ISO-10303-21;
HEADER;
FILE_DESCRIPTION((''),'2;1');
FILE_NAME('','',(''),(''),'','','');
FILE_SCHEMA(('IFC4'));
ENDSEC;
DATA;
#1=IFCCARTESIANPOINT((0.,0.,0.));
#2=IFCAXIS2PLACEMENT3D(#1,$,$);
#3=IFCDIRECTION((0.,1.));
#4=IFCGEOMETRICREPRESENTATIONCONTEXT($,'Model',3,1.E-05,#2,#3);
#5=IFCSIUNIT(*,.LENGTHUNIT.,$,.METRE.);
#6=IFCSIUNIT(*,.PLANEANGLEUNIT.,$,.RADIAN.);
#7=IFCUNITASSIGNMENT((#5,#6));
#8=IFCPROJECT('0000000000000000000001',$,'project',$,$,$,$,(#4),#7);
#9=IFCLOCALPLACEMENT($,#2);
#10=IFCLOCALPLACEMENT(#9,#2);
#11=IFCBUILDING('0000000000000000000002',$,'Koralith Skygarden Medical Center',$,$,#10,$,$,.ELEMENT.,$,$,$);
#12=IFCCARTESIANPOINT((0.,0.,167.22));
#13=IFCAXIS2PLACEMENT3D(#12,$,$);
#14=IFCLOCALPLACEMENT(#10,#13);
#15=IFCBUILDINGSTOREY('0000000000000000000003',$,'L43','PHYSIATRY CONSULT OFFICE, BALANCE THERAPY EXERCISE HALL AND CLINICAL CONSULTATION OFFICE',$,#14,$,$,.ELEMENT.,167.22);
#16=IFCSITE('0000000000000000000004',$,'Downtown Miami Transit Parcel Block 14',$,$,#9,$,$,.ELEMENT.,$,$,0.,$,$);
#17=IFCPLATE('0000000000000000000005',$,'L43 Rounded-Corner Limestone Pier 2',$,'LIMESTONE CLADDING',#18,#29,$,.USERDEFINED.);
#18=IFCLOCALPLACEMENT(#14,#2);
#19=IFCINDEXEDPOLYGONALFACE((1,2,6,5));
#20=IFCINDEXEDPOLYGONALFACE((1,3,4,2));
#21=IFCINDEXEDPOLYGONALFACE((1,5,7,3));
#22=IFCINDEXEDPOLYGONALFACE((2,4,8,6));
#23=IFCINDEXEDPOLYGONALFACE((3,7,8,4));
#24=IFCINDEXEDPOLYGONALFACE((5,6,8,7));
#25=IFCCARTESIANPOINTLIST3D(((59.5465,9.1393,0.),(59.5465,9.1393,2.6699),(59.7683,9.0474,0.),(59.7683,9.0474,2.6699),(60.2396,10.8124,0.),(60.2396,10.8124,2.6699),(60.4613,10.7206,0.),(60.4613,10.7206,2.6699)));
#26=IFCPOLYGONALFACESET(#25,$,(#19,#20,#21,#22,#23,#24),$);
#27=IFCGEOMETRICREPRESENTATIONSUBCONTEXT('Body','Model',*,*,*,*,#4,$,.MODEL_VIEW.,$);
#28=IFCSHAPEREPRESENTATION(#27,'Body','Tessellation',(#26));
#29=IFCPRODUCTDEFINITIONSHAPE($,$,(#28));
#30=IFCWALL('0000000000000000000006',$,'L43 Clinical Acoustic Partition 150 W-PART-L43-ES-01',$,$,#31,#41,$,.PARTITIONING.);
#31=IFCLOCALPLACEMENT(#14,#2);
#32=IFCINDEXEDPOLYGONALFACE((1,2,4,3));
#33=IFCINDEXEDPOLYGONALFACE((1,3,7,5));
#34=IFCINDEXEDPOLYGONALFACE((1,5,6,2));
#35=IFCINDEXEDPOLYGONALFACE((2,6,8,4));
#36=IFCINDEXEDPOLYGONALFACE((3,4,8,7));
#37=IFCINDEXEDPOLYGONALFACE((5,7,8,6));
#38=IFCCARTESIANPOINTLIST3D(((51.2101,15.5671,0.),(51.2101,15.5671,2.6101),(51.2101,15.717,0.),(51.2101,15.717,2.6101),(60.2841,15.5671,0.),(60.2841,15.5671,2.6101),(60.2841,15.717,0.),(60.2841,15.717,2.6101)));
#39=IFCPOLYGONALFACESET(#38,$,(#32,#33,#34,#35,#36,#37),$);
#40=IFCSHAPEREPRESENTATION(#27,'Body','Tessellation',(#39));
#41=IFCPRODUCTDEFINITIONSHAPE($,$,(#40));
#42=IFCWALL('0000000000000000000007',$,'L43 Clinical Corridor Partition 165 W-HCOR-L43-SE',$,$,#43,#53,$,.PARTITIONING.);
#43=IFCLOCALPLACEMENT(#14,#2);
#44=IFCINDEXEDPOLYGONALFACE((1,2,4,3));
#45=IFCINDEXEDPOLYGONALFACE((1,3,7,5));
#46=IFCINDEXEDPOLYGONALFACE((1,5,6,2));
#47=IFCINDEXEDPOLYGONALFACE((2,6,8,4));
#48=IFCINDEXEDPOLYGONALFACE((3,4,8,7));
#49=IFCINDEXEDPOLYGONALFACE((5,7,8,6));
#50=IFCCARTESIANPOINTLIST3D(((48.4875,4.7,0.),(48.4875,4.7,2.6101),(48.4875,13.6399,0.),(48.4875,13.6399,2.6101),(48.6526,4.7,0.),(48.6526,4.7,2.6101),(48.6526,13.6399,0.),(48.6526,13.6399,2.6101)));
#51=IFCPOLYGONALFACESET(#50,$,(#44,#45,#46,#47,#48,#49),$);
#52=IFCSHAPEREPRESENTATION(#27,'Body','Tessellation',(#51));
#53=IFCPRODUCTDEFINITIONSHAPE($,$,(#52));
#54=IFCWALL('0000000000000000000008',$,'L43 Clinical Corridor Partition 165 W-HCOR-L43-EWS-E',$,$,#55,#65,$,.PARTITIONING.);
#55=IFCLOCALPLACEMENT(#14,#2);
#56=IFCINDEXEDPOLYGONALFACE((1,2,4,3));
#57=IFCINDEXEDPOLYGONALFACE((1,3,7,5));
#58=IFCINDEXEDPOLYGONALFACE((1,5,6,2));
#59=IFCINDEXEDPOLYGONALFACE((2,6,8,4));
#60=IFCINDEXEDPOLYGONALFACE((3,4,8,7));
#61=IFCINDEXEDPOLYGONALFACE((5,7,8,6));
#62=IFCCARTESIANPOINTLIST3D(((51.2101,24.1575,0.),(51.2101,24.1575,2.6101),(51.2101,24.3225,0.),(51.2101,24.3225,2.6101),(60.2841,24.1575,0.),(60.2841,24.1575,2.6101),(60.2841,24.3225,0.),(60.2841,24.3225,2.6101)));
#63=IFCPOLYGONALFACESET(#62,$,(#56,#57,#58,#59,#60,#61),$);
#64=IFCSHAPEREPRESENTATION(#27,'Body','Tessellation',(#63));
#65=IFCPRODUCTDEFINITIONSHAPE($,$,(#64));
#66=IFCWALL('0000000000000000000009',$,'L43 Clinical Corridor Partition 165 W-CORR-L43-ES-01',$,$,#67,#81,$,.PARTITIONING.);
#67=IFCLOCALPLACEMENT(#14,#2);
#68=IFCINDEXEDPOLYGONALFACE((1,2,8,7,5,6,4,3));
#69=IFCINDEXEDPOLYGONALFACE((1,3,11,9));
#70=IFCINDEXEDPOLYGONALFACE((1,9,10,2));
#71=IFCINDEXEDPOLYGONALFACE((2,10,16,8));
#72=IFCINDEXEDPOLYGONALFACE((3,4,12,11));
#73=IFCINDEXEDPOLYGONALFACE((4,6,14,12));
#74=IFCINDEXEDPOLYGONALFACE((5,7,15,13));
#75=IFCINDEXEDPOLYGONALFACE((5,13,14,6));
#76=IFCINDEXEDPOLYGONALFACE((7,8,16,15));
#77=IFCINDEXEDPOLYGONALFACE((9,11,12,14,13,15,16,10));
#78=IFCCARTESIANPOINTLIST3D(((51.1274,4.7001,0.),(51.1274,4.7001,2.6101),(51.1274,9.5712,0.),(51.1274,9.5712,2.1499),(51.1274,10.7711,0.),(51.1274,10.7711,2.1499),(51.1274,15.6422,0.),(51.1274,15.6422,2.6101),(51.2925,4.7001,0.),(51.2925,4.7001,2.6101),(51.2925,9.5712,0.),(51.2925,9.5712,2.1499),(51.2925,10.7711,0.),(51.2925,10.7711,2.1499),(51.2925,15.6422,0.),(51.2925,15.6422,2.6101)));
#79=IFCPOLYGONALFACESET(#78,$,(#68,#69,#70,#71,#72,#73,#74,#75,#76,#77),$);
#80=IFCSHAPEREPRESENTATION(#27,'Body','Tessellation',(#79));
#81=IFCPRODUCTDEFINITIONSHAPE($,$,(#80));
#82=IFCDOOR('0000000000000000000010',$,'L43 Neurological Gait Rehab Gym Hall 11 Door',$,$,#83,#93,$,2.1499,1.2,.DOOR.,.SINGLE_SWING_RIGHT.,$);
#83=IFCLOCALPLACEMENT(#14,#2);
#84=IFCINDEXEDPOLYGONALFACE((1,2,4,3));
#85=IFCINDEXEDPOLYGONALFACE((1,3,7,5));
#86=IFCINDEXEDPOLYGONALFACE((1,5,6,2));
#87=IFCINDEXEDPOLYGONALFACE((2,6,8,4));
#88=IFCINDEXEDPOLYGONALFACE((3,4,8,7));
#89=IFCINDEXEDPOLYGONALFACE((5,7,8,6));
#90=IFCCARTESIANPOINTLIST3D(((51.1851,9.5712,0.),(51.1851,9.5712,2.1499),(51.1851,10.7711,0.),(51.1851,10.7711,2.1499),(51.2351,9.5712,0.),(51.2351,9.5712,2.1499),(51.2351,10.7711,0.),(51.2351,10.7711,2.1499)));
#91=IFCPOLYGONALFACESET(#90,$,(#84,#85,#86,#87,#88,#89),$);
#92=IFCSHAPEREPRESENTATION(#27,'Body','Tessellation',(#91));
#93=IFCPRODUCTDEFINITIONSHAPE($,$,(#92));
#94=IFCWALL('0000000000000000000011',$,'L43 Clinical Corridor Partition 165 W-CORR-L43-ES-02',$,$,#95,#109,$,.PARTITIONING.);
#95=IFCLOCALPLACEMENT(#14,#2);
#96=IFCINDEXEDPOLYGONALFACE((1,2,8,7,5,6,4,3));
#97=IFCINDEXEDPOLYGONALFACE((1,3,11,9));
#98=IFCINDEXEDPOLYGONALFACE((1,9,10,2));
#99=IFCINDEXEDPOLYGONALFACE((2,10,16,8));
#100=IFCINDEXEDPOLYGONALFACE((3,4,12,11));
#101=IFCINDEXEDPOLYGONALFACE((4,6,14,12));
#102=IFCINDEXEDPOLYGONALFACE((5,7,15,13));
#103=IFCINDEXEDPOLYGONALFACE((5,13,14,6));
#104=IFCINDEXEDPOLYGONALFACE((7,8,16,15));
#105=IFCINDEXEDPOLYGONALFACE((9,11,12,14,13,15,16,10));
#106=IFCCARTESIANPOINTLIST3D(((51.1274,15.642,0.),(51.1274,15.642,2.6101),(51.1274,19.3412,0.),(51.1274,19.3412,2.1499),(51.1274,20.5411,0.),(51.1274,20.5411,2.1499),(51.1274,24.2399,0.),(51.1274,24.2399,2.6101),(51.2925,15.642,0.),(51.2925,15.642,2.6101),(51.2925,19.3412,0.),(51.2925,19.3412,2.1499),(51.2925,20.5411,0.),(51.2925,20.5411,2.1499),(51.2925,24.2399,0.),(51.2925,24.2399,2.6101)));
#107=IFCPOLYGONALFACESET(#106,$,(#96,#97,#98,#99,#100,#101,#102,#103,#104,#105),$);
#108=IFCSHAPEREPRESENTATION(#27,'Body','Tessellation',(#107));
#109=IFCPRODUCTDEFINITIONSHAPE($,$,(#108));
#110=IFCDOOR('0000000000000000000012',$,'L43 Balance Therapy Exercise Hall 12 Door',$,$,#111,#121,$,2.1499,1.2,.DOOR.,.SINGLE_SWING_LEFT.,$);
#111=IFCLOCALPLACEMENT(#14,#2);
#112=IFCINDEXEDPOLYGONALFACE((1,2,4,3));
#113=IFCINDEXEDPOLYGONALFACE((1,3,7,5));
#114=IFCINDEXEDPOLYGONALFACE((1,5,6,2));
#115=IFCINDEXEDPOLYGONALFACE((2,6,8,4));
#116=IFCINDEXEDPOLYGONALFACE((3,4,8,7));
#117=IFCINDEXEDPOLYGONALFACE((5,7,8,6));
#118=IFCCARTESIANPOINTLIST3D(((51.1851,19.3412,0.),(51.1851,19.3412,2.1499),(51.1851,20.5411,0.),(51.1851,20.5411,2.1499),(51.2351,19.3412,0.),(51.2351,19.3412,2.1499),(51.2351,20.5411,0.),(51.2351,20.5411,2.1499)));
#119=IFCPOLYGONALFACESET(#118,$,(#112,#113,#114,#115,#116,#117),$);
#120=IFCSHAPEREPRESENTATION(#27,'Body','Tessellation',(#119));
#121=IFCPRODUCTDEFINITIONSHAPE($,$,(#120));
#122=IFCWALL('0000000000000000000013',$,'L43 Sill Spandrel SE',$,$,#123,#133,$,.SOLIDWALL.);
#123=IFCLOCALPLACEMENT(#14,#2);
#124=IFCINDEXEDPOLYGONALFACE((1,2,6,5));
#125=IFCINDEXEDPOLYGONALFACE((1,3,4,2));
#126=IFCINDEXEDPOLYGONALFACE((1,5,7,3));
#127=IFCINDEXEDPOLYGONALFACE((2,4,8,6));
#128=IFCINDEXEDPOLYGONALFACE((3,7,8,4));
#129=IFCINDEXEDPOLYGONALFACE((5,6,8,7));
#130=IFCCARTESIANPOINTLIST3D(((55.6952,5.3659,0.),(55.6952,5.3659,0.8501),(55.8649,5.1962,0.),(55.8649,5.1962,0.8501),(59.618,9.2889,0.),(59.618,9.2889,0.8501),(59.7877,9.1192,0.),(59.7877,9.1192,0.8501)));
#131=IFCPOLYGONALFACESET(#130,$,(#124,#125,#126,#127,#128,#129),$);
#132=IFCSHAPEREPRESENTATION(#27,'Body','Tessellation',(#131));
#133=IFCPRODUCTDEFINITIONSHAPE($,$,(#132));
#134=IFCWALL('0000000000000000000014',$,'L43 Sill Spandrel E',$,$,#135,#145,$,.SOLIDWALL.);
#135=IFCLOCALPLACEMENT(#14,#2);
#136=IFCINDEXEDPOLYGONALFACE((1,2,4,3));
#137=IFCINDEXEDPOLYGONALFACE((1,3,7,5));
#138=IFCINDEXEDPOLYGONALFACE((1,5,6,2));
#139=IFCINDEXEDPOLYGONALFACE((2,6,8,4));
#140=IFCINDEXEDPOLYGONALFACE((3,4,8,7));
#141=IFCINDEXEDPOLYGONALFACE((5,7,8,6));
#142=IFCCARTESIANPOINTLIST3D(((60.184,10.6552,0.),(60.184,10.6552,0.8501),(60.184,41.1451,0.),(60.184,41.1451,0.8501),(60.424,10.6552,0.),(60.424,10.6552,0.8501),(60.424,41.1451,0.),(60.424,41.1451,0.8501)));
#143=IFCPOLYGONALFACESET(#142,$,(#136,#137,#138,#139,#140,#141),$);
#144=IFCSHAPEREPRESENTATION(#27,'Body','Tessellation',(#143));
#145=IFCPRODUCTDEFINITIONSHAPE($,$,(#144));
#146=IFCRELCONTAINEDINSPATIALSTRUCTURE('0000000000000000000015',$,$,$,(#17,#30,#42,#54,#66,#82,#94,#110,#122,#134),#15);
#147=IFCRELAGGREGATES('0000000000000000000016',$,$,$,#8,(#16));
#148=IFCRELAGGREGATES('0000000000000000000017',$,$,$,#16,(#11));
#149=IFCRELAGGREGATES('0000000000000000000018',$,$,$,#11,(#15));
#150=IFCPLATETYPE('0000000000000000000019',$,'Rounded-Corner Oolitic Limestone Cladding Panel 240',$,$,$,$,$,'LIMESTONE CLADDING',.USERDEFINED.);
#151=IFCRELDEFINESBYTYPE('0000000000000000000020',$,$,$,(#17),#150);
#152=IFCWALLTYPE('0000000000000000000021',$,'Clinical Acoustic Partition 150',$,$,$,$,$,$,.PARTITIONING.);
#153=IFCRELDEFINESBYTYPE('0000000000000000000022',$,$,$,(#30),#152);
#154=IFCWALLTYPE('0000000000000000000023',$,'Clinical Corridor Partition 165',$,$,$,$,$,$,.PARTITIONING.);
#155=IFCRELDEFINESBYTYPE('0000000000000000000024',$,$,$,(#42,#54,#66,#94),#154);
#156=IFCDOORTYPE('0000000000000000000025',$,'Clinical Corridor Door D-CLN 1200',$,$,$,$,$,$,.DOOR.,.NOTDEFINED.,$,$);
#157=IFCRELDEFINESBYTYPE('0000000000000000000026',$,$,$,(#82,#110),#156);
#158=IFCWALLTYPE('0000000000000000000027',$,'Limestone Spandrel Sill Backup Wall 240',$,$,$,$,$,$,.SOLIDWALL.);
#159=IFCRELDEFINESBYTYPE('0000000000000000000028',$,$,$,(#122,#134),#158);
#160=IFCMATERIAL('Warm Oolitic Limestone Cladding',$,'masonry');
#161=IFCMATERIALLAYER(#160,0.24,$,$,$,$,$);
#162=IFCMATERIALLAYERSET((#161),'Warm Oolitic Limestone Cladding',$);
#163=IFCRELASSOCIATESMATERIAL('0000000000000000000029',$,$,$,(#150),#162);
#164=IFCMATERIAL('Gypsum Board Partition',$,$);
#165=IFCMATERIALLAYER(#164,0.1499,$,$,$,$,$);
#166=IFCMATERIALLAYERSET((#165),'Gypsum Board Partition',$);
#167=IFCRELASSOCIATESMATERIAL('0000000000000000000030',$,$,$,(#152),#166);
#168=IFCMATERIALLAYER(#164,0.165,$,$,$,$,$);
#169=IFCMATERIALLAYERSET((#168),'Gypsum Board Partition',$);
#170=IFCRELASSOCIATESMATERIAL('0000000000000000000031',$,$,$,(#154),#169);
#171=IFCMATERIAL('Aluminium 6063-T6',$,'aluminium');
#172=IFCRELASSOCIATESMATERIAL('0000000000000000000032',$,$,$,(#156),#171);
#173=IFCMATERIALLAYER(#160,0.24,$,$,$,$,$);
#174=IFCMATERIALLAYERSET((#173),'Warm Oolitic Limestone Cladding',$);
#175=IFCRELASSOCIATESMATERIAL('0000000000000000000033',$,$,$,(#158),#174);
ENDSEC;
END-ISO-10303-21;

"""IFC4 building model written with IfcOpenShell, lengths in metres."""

from ifc_helpers import new_model, si_unit, direction, frame, frame_2d, origin, origin_2d, place, context, subcontext, project, spatial, rectangle, extrude, material, layer, layer_set, type_object, element, fill, save


model = new_model("IFC4")

# Units and contexts
model_context = context("Model", 3, precision=1e-05, world=origin(), true_north=direction((0.0, 1.0)))
body_context = subcontext(model_context, "Body", "Model", "MODEL_VIEW")
ifc_project = project(units=[si_unit("LENGTHUNIT", "METRE"), si_unit("PLANEANGLEUNIT", "RADIAN")], contexts=[model_context])

# Site, building, storey
site_placement = place(None, origin())
site = spatial("IfcSite", under=ifc_project, at=site_placement, Name="Downtown Miami Transit Parcel Block 14", CompositionType="ELEMENT", RefElevation=0.0)
building_placement = place(site_placement, origin())
building = spatial("IfcBuilding", under=site, at=building_placement, Name="Koralith Skygarden Medical Center", CompositionType="ELEMENT")
storey_placement = place(building_placement, frame((0.0, 0.0, 167.22)))
storey = spatial("IfcBuildingStorey", under=building, at=storey_placement, Name="L43", Description="PHYSIATRY CONSULT OFFICE, BALANCE THERAPY EXERCISE HALL AND CLINICAL CONSULTATION OFFICE", CompositionType="ELEMENT", Elevation=167.22)

# Shared definitions
ifc_material_1 = material(Name="Aluminium 6063-T6", Category="aluminium")

# Plate
ifc_material_2 = material(Name="Warm Oolitic Limestone Cladding", Category="masonry")
ifc_layer_1 = layer(ifc_material_2, 0.24)
ifc_layer_set_1 = layer_set([ifc_layer_1], Name="Warm Oolitic Limestone Cladding")
plate_type_1 = type_object("IfcPlateType", Name="Rounded-Corner Oolitic Limestone Cladding Panel 240", ElementType="LIMESTONE CLADDING", PredefinedType="USERDEFINED", material=ifc_layer_set_1)
for number, where, z_axis, x_axis, name in (
    (1, (60.0039, 9.9299, 0.0), (0.0, 0.0, 1.0), (0.382671, 0.923885, 0.0), "L43 Rounded-Corner Limestone Pier 2"),
):
    element("IfcPlate", number, at=place(storey_placement, frame(where, z_axis=z_axis, x_axis=x_axis)), inside=storey, type_object=plate_type_1, Name=name, ObjectType="LIMESTONE CLADDING", PredefinedType="USERDEFINED", context=body_context, shape_type="SweptSolid", body=[
        extrude(rectangle(XDim=1.811, YDim=0.24, at=origin_2d()), origin(), (0.0, 0.0, 1.0), 2.6699),
    ])

# Walls
ifc_material_3 = material(Name="Gypsum Board Partition")
ifc_layer_2 = layer(ifc_material_3, 0.1499)
ifc_layer_set_2 = layer_set([ifc_layer_2], Name="Gypsum Board Partition")
wall_type_1 = type_object("IfcWallType", Name="Clinical Acoustic Partition 150", PredefinedType="PARTITIONING", material=ifc_layer_set_2)
wall_1_placement = place(storey_placement, frame((51.21, 15.6421, 0.0), z_axis=(0.0, 0.0, 1.0), x_axis=(1.0, 0.0, 0.0)))
element("IfcWall", 2, at=wall_1_placement, inside=storey, type_object=wall_type_1, Name="L43 Clinical Acoustic Partition 150 W-PART-L43-ES-01", PredefinedType="PARTITIONING", context=body_context, shape_type="SweptSolid", body=[
    extrude(rectangle(XDim=9.074, YDim=0.1499, at=frame_2d((4.5371, 0.0))), origin(), (0.0, 0.0, 1.0), 2.6101),
])
ifc_layer_3 = layer(ifc_material_3, 0.165)
ifc_layer_set_3 = layer_set([ifc_layer_3], Name="Gypsum Board Partition")
wall_type_2 = type_object("IfcWallType", Name="Clinical Corridor Partition 165", PredefinedType="PARTITIONING", material=ifc_layer_set_3)
wall_2_placement = place(storey_placement, frame((48.5701, 4.7, 0.0), z_axis=(0.0, 0.0, 1.0), x_axis=(0.0, 1.0, 0.0)))
element("IfcWall", 3, at=wall_2_placement, inside=storey, type_object=wall_type_2, Name="L43 Clinical Corridor Partition 165 W-HCOR-L43-SE", PredefinedType="PARTITIONING", context=body_context, shape_type="SweptSolid", body=[
    extrude(rectangle(XDim=8.9399, YDim=0.165, at=frame_2d((4.47, 0.0))), origin(), (0.0, 0.0, 1.0), 2.6101),
])
wall_3_placement = place(storey_placement, frame((51.21, 24.24, 0.0), z_axis=(0.0, 0.0, 1.0), x_axis=(1.0, 0.0, 0.0)))
element("IfcWall", 4, at=wall_3_placement, inside=storey, type_object=wall_type_2, Name="L43 Clinical Corridor Partition 165 W-HCOR-L43-EWS-E", PredefinedType="PARTITIONING", context=body_context, shape_type="SweptSolid", body=[
    extrude(rectangle(XDim=9.074, YDim=0.165, at=frame_2d((4.5371, 0.0))), origin(), (0.0, 0.0, 1.0), 2.6101),
])

# Walls, openings, doors
wall_4_placement = place(storey_placement, frame((51.21, 4.7, 0.0), z_axis=(0.0, 0.0, 1.0), x_axis=(0.0, 1.0, 0.0)))
wall_4 = element("IfcWall", 5, at=wall_4_placement, inside=storey, type_object=wall_type_2, Name="L43 Clinical Corridor Partition 165 W-CORR-L43-ES-01", PredefinedType="PARTITIONING", context=body_context, shape_type="SweptSolid", body=[
    extrude(rectangle(XDim=10.9421, YDim=0.165, at=frame_2d((5.4712, 0.0))), origin(), (0.0, 0.0, 1.0), 2.6101),
])
opening_1_placement = place(wall_4_placement, frame((4.8711, 0.0, 0.0)))
opening_1 = element("IfcOpeningElement", 6, at=opening_1_placement, cuts=wall_4, PredefinedType="OPENING", context=body_context, shape_type="SweptSolid", body=[
    extrude(rectangle(XDim=1.2, YDim=2.1499, at=frame_2d((0.6001, 1.075))), frame((0.0, 0.0925, 0.0), z_axis=(0.0, -1.0, 0.0), x_axis=(1.0, 0.0, 0.0)), (0.0, 0.0, 1.0), 0.1851),
])
door_type = type_object("IfcDoorType", Name="Clinical Corridor Door D-CLN 1200", OperationType="NOTDEFINED", PredefinedType="DOOR", material=ifc_material_1)
door_1_placement = place(opening_1_placement, origin())
door_1 = element("IfcDoor", 7, at=door_1_placement, inside=storey, type_object=door_type, Name="L43 Neurological Gait Rehab Gym Hall 11 Door", OperationType="SINGLE_SWING_RIGHT", OverallHeight=2.1499, OverallWidth=1.2, PredefinedType="DOOR", context=body_context, shape_type="SweptSolid", body=[
    extrude(rectangle(XDim=1.2, YDim=2.1499, at=frame_2d((0.6001, 1.075))), frame((0.0, 0.0249, 0.0), z_axis=(0.0, -1.0, 0.0), x_axis=(1.0, 0.0, 0.0)), (0.0, 0.0, 1.0), 0.05),
])
fill(opening_1, door_1)
wall_5_placement = place(storey_placement, frame((51.21, 15.6421, 0.0), z_axis=(0.0, 0.0, 1.0), x_axis=(0.0, 1.0, 0.0)))
wall_5 = element("IfcWall", 8, at=wall_5_placement, inside=storey, type_object=wall_type_2, Name="L43 Clinical Corridor Partition 165 W-CORR-L43-ES-02", PredefinedType="PARTITIONING", context=body_context, shape_type="SweptSolid", body=[
    extrude(rectangle(XDim=8.5979, YDim=0.165, at=frame_2d((4.2988, 0.0))), origin(), (0.0, 0.0, 1.0), 2.6101),
])
opening_2_placement = place(wall_5_placement, frame((3.699, 0.0, 0.0)))
opening_2 = element("IfcOpeningElement", 9, at=opening_2_placement, cuts=wall_5, PredefinedType="OPENING", context=body_context, shape_type="SweptSolid", body=[
    extrude(rectangle(XDim=1.2, YDim=2.1499, at=frame_2d((0.6001, 1.075))), frame((0.0, 0.0925, 0.0), z_axis=(0.0, -1.0, 0.0), x_axis=(1.0, 0.0, 0.0)), (0.0, 0.0, 1.0), 0.1851),
])
door_2_placement = place(opening_2_placement, origin())
door_2 = element("IfcDoor", 10, at=door_2_placement, inside=storey, type_object=door_type, Name="L43 Balance Therapy Exercise Hall 12 Door", OperationType="SINGLE_SWING_LEFT", OverallHeight=2.1499, OverallWidth=1.2, PredefinedType="DOOR", context=body_context, shape_type="SweptSolid", body=[
    extrude(rectangle(XDim=1.2, YDim=2.1499, at=frame_2d((0.6001, 1.075))), frame((0.0, 0.0249, 0.0), z_axis=(0.0, -1.0, 0.0), x_axis=(1.0, 0.0, 0.0)), (0.0, 0.0, 1.0), 0.05),
])
fill(opening_2, door_2)

# Walls
ifc_layer_4 = layer(ifc_material_2, 0.24)
ifc_layer_set_4 = layer_set([ifc_layer_4], Name="Warm Oolitic Limestone Cladding")
wall_type_3 = type_object("IfcWallType", Name="Limestone Spandrel Sill Backup Wall 240", PredefinedType="SOLIDWALL", material=ifc_layer_set_4)
wall_6_placement = place(storey_placement, frame((55.78, 5.281, 0.0), z_axis=(0.0, 0.0, 1.0), x_axis=(0.707085, 0.707129, 0.0)))
element("IfcWall", 11, at=wall_6_placement, inside=storey, type_object=wall_type_3, Name="L43 Sill Spandrel SE", PredefinedType="SOLIDWALL", context=body_context, shape_type="SweptSolid", body=[
    extrude(rectangle(XDim=5.5479, YDim=0.24, at=frame_2d((2.7739, 0.0))), origin(), (0.0, 0.0, 1.0), 0.8501),
])
wall_7_placement = place(storey_placement, frame((60.304, 10.655, 0.0), z_axis=(0.0, 0.0, 1.0), x_axis=(0.0, 1.0, 0.0)))
element("IfcWall", 12, at=wall_7_placement, inside=storey, type_object=wall_type_3, Name="L43 Sill Spandrel E", PredefinedType="SOLIDWALL", context=body_context, shape_type="SweptSolid", body=[
    extrude(rectangle(XDim=30.49, YDim=0.24, at=frame_2d((15.2451, 0.0))), origin(), (0.0, 0.0, 1.0), 0.8501),
])

save(model, "model.ifc")
